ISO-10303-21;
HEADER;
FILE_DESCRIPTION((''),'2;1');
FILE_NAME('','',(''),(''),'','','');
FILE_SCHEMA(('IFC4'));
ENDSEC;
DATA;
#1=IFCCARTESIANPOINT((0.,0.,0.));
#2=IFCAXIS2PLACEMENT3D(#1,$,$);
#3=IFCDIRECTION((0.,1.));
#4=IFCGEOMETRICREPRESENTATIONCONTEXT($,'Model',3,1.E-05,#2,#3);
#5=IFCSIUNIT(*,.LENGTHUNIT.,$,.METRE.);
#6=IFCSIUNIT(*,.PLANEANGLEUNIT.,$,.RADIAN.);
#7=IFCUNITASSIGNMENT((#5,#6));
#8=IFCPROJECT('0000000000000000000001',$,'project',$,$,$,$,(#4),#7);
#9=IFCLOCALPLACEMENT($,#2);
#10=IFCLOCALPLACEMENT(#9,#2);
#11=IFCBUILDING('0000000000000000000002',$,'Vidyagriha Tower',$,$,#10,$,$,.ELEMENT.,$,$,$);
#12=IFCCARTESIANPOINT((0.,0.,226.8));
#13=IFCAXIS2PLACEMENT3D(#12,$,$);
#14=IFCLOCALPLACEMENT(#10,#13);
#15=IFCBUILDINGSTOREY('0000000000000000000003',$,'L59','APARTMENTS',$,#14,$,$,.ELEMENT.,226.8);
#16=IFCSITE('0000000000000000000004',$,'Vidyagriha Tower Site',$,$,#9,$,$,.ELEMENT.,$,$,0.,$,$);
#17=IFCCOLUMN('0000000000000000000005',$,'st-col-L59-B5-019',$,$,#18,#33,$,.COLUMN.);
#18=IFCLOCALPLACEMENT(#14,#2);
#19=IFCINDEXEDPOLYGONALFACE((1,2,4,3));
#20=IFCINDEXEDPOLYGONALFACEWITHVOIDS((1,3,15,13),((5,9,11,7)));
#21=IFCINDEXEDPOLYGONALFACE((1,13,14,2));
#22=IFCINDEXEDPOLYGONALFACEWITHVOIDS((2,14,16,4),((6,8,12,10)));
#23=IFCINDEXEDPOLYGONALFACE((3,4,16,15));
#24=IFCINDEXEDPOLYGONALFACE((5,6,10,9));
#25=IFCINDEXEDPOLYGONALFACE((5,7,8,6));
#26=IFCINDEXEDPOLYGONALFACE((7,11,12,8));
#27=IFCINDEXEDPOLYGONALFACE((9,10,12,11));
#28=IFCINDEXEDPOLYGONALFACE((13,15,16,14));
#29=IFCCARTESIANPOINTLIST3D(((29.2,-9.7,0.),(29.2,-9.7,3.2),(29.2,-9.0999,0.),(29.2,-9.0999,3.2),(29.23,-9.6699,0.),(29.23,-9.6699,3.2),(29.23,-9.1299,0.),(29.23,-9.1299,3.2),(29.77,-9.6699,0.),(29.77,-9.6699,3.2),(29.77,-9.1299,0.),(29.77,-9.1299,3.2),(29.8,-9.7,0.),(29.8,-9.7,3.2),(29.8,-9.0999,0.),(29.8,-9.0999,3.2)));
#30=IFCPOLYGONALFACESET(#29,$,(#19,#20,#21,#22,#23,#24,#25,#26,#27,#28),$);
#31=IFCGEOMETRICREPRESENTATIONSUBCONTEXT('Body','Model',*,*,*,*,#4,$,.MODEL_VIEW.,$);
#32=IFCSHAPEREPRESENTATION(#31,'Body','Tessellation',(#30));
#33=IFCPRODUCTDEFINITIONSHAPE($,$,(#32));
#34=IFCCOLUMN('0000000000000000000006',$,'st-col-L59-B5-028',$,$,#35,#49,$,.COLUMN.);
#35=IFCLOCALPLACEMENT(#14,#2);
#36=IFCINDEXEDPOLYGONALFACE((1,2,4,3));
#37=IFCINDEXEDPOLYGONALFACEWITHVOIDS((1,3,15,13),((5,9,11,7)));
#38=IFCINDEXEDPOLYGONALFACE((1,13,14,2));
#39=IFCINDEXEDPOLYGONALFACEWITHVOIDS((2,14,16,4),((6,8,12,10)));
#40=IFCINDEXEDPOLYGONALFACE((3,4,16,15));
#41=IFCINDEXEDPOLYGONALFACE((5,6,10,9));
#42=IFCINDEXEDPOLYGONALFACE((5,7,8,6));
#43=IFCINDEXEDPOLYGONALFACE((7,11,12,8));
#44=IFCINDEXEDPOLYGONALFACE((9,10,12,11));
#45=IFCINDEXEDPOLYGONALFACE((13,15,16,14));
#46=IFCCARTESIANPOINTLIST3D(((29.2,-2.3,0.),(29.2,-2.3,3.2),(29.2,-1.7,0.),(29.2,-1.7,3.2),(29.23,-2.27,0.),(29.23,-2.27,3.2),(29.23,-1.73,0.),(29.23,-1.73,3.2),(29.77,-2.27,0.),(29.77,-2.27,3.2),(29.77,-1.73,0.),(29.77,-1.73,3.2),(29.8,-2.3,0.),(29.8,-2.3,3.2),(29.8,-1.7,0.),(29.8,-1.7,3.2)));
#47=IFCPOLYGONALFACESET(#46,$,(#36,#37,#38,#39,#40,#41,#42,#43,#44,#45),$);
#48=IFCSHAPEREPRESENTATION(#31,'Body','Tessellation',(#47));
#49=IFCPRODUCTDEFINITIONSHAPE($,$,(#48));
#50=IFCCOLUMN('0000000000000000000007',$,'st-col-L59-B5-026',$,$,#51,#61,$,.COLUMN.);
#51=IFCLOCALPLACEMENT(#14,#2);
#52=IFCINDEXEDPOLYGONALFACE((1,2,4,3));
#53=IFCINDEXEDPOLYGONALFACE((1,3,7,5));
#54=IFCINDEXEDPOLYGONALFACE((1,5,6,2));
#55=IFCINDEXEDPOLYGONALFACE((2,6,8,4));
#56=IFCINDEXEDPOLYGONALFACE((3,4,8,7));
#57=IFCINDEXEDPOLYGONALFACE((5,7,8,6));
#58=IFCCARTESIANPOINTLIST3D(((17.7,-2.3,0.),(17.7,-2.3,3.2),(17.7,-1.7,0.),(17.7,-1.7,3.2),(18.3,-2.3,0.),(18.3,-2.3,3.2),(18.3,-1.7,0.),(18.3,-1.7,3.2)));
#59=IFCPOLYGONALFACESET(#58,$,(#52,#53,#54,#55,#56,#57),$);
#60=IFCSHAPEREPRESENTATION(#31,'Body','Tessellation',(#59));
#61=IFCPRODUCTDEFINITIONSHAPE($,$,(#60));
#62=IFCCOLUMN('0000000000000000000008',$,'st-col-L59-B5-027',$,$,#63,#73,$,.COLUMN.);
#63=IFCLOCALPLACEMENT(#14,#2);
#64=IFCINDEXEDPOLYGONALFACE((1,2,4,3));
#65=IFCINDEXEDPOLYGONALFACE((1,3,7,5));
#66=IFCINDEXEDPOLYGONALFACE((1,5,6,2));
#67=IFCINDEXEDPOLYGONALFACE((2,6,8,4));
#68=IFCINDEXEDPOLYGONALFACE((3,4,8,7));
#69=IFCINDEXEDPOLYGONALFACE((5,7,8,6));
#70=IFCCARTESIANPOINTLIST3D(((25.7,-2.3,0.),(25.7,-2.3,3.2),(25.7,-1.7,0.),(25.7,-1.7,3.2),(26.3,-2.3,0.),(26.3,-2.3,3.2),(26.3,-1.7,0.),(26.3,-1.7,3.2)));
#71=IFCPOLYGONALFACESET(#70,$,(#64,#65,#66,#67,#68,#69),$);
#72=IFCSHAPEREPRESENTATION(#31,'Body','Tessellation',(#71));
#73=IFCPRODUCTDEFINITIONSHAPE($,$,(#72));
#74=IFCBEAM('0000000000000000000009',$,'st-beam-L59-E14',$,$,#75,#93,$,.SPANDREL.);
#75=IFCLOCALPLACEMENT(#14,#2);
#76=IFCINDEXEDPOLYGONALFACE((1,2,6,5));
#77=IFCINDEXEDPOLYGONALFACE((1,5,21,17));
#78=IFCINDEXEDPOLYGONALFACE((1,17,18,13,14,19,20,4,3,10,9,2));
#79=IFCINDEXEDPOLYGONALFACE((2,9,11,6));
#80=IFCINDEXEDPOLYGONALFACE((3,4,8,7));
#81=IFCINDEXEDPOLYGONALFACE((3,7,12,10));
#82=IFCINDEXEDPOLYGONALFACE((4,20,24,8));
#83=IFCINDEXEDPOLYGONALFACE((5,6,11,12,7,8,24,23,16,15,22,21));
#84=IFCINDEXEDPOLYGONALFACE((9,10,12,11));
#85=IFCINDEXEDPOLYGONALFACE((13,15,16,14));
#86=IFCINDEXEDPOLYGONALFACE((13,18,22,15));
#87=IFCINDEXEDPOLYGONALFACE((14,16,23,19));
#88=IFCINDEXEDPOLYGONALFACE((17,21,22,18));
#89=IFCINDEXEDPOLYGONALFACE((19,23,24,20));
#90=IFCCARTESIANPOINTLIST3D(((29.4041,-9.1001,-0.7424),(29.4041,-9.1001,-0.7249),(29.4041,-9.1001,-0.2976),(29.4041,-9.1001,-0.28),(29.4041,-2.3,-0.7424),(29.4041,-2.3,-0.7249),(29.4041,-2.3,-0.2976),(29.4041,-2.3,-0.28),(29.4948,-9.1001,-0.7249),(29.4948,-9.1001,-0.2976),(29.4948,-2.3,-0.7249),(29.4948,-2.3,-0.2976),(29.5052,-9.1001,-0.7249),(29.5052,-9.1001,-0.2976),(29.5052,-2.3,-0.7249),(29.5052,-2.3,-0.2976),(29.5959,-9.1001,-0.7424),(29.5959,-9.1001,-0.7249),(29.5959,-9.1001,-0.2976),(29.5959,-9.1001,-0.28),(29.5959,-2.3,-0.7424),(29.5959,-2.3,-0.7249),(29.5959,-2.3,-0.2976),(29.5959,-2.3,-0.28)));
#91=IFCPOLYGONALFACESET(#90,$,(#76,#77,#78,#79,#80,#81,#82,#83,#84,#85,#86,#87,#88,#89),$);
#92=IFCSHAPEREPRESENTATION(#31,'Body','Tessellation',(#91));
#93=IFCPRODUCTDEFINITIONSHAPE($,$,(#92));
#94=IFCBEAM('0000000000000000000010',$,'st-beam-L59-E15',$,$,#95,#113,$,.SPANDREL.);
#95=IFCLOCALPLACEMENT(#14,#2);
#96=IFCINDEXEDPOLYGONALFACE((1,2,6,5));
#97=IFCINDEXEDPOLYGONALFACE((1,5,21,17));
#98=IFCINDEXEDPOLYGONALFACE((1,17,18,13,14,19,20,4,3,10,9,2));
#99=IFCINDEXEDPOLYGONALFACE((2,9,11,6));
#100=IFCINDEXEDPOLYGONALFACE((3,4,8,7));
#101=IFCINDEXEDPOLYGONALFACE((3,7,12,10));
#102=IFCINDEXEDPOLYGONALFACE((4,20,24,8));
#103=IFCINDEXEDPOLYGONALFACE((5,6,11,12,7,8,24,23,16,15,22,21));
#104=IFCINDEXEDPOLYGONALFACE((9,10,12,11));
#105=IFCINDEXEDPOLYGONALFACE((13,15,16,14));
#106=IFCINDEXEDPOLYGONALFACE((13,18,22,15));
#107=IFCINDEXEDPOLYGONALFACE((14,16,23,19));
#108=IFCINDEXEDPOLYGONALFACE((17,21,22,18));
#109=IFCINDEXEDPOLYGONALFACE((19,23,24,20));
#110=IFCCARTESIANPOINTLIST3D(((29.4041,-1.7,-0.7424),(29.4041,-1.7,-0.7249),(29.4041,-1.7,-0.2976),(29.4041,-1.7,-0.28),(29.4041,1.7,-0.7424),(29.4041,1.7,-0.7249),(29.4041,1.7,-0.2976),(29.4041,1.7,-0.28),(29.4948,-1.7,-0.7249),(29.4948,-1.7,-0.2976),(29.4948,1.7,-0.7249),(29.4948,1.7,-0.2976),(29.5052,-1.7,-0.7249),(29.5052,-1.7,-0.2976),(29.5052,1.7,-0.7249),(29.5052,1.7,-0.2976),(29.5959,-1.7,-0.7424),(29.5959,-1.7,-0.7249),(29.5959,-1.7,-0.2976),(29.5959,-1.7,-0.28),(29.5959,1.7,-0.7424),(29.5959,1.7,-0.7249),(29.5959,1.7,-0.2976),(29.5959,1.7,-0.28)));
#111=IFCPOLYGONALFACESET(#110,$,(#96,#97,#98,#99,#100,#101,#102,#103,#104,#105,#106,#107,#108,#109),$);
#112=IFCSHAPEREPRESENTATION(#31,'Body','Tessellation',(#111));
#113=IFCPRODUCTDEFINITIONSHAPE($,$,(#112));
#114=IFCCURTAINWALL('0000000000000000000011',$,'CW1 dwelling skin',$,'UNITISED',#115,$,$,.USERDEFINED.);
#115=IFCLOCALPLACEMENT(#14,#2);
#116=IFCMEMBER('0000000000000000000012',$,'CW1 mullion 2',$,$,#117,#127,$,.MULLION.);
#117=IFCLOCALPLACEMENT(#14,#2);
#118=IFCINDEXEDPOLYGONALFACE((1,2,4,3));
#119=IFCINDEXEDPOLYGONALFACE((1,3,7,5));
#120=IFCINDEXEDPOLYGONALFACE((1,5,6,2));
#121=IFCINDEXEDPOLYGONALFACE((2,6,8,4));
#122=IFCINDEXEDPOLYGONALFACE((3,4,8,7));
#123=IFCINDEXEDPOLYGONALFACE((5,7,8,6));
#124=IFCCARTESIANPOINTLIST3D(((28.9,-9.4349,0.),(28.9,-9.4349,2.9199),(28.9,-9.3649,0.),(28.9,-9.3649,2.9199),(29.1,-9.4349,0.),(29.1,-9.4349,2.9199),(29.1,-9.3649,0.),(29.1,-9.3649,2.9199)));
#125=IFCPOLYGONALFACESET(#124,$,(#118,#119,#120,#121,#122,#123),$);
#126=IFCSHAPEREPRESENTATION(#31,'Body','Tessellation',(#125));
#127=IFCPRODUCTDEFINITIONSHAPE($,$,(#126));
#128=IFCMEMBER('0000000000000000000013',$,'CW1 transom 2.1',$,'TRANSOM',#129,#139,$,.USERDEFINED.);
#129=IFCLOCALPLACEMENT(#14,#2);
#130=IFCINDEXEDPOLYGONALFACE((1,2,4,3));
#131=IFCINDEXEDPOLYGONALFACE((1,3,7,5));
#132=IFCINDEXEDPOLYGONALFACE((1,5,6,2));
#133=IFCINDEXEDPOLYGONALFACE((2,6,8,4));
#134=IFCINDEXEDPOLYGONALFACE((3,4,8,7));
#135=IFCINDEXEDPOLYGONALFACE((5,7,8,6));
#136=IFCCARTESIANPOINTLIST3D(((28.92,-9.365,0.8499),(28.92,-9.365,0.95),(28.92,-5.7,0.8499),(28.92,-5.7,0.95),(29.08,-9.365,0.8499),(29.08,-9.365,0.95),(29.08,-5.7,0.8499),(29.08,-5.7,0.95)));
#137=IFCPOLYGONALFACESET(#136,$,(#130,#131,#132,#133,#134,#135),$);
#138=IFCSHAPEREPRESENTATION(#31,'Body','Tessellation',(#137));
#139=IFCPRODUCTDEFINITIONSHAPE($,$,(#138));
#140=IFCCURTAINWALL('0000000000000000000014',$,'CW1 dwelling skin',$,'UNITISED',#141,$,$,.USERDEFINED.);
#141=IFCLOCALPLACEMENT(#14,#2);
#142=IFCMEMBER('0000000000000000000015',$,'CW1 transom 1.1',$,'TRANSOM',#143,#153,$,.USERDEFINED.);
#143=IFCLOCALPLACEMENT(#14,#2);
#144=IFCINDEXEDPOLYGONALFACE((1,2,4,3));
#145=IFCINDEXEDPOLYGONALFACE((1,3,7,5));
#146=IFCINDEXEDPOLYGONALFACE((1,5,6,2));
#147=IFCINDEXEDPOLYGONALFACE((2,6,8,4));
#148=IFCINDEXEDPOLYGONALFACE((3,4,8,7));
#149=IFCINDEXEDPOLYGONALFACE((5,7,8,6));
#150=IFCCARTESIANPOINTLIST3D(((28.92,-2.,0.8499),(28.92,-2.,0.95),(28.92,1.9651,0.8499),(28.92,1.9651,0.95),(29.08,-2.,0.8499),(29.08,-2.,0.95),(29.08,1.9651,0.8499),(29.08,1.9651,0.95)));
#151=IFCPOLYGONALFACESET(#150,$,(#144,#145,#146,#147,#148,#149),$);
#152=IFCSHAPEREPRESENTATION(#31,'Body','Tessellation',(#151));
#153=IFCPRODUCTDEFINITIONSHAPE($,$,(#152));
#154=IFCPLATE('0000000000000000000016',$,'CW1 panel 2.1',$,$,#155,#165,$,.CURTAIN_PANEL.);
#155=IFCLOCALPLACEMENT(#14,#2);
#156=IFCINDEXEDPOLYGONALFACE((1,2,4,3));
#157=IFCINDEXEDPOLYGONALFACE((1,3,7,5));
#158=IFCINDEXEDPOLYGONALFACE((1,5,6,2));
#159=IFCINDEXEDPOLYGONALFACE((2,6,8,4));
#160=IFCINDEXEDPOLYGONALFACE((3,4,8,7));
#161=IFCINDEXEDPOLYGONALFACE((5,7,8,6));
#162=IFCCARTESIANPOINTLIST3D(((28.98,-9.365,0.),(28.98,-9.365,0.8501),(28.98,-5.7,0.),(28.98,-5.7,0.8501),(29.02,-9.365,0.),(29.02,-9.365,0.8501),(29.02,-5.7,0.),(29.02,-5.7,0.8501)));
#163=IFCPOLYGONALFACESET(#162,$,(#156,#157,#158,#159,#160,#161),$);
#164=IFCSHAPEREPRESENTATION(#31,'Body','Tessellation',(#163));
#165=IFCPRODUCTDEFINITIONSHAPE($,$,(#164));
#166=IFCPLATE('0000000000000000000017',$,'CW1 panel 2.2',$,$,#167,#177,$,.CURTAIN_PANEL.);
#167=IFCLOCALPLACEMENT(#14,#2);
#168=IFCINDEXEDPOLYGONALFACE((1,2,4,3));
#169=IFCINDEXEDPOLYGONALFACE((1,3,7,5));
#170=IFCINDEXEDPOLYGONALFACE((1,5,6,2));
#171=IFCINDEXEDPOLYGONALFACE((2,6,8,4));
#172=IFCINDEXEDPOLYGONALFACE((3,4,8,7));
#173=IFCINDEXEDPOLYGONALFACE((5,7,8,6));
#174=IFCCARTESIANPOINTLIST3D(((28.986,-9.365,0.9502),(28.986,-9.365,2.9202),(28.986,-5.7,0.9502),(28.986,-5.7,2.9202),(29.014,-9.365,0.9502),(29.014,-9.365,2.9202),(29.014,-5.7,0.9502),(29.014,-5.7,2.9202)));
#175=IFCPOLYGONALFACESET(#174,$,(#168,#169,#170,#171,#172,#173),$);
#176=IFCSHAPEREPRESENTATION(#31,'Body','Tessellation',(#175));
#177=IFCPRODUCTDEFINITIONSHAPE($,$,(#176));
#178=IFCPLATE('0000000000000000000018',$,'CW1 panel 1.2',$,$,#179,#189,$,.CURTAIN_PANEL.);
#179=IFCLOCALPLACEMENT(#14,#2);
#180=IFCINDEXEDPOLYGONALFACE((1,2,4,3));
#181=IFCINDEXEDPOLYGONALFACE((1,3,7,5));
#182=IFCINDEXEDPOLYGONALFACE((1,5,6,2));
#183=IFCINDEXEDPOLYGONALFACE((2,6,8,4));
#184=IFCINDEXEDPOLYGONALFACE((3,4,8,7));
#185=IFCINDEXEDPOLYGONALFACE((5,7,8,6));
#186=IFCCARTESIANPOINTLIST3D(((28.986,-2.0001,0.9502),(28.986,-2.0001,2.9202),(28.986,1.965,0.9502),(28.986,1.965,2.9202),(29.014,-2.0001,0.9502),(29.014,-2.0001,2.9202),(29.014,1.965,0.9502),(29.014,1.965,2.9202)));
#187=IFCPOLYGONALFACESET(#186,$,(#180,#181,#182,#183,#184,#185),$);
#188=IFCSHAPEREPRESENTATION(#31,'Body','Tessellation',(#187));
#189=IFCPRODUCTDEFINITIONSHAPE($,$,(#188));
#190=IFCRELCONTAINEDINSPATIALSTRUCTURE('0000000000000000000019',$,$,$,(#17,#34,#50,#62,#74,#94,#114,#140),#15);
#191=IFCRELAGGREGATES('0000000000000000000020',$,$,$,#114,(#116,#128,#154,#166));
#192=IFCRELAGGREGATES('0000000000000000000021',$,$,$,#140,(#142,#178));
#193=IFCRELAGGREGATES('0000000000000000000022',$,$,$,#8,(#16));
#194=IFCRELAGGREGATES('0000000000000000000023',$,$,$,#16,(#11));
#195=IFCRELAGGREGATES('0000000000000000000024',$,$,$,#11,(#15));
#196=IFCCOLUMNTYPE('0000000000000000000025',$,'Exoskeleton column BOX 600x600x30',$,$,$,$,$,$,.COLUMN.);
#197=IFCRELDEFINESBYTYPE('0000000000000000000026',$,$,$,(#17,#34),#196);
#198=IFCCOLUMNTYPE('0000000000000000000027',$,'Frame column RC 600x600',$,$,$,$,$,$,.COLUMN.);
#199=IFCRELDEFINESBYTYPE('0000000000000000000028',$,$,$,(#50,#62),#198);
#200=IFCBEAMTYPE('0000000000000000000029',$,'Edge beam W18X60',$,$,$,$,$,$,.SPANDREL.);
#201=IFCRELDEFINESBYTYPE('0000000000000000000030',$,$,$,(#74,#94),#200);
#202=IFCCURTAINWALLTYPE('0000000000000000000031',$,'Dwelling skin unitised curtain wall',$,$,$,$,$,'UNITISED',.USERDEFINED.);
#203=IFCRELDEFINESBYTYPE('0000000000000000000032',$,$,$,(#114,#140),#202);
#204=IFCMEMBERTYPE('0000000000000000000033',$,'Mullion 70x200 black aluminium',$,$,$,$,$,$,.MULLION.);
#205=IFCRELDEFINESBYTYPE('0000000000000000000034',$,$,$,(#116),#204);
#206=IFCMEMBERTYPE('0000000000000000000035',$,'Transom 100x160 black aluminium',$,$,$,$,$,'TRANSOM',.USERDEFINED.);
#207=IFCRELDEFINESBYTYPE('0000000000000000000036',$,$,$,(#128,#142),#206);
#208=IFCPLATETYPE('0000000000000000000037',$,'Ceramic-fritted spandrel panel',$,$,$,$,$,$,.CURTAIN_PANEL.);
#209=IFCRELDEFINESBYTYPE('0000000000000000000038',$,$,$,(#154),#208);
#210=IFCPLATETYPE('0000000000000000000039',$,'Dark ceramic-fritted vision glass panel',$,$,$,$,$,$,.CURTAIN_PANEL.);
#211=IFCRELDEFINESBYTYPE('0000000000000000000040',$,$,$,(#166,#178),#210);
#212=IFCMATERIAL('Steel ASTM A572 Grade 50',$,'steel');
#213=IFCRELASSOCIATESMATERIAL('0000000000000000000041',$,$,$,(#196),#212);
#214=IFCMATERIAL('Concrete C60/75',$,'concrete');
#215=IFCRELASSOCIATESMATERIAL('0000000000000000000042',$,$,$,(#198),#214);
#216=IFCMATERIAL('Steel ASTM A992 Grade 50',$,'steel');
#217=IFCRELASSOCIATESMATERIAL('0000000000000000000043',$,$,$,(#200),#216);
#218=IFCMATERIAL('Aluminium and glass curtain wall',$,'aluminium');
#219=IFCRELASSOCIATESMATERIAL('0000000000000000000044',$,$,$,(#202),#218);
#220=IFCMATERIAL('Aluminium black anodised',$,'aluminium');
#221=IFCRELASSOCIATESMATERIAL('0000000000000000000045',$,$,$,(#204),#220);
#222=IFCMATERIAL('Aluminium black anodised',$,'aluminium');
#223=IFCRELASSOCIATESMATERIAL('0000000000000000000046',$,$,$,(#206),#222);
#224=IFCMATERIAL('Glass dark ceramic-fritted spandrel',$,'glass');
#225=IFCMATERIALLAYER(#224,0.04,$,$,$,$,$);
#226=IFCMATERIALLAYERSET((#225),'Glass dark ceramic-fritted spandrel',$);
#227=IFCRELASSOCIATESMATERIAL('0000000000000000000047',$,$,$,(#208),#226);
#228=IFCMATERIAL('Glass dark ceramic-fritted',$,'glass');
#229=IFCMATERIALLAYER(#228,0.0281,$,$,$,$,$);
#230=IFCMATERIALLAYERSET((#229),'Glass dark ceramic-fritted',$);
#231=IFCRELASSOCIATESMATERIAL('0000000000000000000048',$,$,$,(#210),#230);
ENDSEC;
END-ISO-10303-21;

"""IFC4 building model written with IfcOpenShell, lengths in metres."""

from ifc_helpers import new_model, si_unit, direction, frame, origin, origin_2d, place, context, subcontext, project, spatial, rectangle, hollow_rectangle, i_section, extrude, material, layer, layer_set, material_profile, profile_set, type_object, element, aggregate, save


model = new_model("IFC4")

# Units and contexts
model_context = context("Model", 3, precision=1e-05, world=origin(), true_north=direction((0.0, 1.0)))
body_context = subcontext(model_context, "Body", "Model", "MODEL_VIEW")
ifc_project = project(units=[si_unit("LENGTHUNIT", "METRE"), si_unit("PLANEANGLEUNIT", "RADIAN")], contexts=[model_context])

# Site, building, storey
site_placement = place(None, origin())
site = spatial("IfcSite", under=ifc_project, at=site_placement, Name="Vidyagriha Tower Site", CompositionType="ELEMENT", RefElevation=0.0)
building_placement = place(site_placement, origin())
building = spatial("IfcBuilding", under=site, at=building_placement, Name="Vidyagriha Tower", CompositionType="ELEMENT")
storey_placement = place(building_placement, frame((0.0, 0.0, 226.8)))
storey = spatial("IfcBuildingStorey", under=building, at=storey_placement, Name="L59", Description="APARTMENTS", CompositionType="ELEMENT", Elevation=226.8)

# Columns
ifc_material_1 = material(Name="Steel ASTM A572 Grade 50", Category="steel")
ifc_material_profile_1 = material_profile(ifc_material_1, hollow_rectangle(XDim=0.6001, YDim=0.6001, WallThickness=0.03, at=origin_2d()), Name="BOX 600x600x30")
ifc_profile_set_1 = profile_set([ifc_material_profile_1], Name="Steel ASTM A572 Grade 50")
column_type_1 = type_object("IfcColumnType", Name="Exoskeleton column BOX 600x600x30", PredefinedType="COLUMN", material=ifc_profile_set_1)
for number, where, name in (
    (1, (29.5, -9.3999, 0.0), "st-col-L59-B5-019"),
    (2, (29.5, -2.0, 0.0), "st-col-L59-B5-028"),
):
    element("IfcColumn", number, at=place(storey_placement, frame(where)), inside=storey, type_object=column_type_1, Name=name, PredefinedType="COLUMN", context=body_context, shape_type="SweptSolid", body=[
        extrude(hollow_rectangle(XDim=0.6001, YDim=0.6001, WallThickness=0.03, at=origin_2d()), origin(), (0.0, 0.0, 1.0), 3.2),
    ])
ifc_material_2 = material(Name="Concrete C60/75", Category="concrete")
ifc_material_profile_2 = material_profile(ifc_material_2, rectangle(XDim=0.6001, YDim=0.6001, at=origin_2d()), Name="RC 600x600")
ifc_profile_set_2 = profile_set([ifc_material_profile_2], Name="Concrete C60/75")
column_type_2 = type_object("IfcColumnType", Name="Frame column RC 600x600", PredefinedType="COLUMN", material=ifc_profile_set_2)
for number, where, name in (
    (3, (18.0, -2.0, 0.0), "st-col-L59-B5-026"),
    (4, (26.0, -2.0, 0.0), "st-col-L59-B5-027"),
):
    element("IfcColumn", number, at=place(storey_placement, frame(where)), inside=storey, type_object=column_type_2, Name=name, PredefinedType="COLUMN", context=body_context, shape_type="SweptSolid", body=[
        extrude(rectangle(XDim=0.6001, YDim=0.6001, at=origin_2d()), origin(), (0.0, 0.0, 1.0), 3.2),
    ])

# Beams
ifc_material_3 = material(Name="Steel ASTM A992 Grade 50", Category="steel")
ifc_material_profile_3 = material_profile(ifc_material_3, i_section(OverallWidth=0.1919, OverallDepth=0.4624, WebThickness=0.0105, FlangeThickness=0.0176, at=origin_2d()), Name="W18X60")
ifc_profile_set_3 = profile_set([ifc_material_profile_3], Name="Steel ASTM A992 Grade 50")
beam_type = type_object("IfcBeamType", Name="Edge beam W18X60", PredefinedType="SPANDREL", material=ifc_profile_set_3)
beam_1_placement = place(storey_placement, frame((29.5, -9.1001, -0.5112), z_axis=(0.0, 1.0, 0.0), x_axis=(-1.0, 0.0, 0.0)))
element("IfcBeam", 5, at=beam_1_placement, inside=storey, type_object=beam_type, Name="st-beam-L59-E14", PredefinedType="SPANDREL", context=body_context, shape_type="SweptSolid", body=[
    extrude(i_section(OverallWidth=0.1919, OverallDepth=0.4624, WebThickness=0.0105, FlangeThickness=0.0176, at=origin_2d()), origin(), (0.0, 0.0, 1.0), 6.8),
])
beam_2_placement = place(storey_placement, frame((29.5, -1.7, -0.5112), z_axis=(0.0, 1.0, 0.0), x_axis=(-1.0, 0.0, 0.0)))
element("IfcBeam", 6, at=beam_2_placement, inside=storey, type_object=beam_type, Name="st-beam-L59-E15", PredefinedType="SPANDREL", context=body_context, shape_type="SweptSolid", body=[
    extrude(i_section(OverallWidth=0.1919, OverallDepth=0.4624, WebThickness=0.0105, FlangeThickness=0.0176, at=origin_2d()), origin(), (0.0, 0.0, 1.0), 3.3999),
])

# Curtain wall, members
ifc_material_4 = material(Name="Aluminium and glass curtain wall", Category="aluminium")
curtain_wall_type = type_object("IfcCurtainWallType", Name="Dwelling skin unitised curtain wall", ElementType="UNITISED", PredefinedType="USERDEFINED", material=ifc_material_4)
curtain_wall_1_placement = place(storey_placement, origin())
curtain_wall_1 = element("IfcCurtainWall", 7, at=curtain_wall_1_placement, inside=storey, type_object=curtain_wall_type, Name="CW1 dwelling skin", ObjectType="UNITISED", PredefinedType="USERDEFINED")
ifc_material_5 = material(Name="Aluminium black anodised", Category="aluminium")
ifc_material_profile_4 = material_profile(ifc_material_5, rectangle(XDim=0.2, YDim=0.0701, at=origin_2d()), Name="Mullion 70x200 black aluminium")
ifc_profile_set_4 = profile_set([ifc_material_profile_4], Name="Aluminium black anodised")
member_type_1 = type_object("IfcMemberType", Name="Mullion 70x200 black aluminium", PredefinedType="MULLION", material=ifc_profile_set_4)
member_1_placement = place(storey_placement, frame((29.0, -9.3999, 0.0), z_axis=(0.0, 0.0, 1.0), x_axis=(-1.0, 0.0, 0.0)))
member_1 = element("IfcMember", 8, at=member_1_placement, type_object=member_type_1, Name="CW1 mullion 2", PredefinedType="MULLION", context=body_context, shape_type="SweptSolid", body=[
    extrude(rectangle(XDim=0.2, YDim=0.0701, at=origin_2d()), origin(), (0.0, 0.0, 1.0), 2.9199),
])
ifc_material_6 = material(Name="Aluminium black anodised", Category="aluminium")
ifc_material_profile_5 = material_profile(ifc_material_6, rectangle(XDim=0.1599, YDim=0.1001, at=origin_2d()), Name="Transom 100x160 black aluminium")
ifc_profile_set_5 = profile_set([ifc_material_profile_5], Name="Aluminium black anodised")
member_type_2 = type_object("IfcMemberType", Name="Transom 100x160 black aluminium", ElementType="TRANSOM", PredefinedType="USERDEFINED", material=ifc_profile_set_5)
member_2_placement = place(storey_placement, frame((29.0, -9.365, 0.8999), z_axis=(0.0, 1.0, 0.0), x_axis=(-1.0, 0.0, 0.0)))
member_2 = element("IfcMember", 9, at=member_2_placement, type_object=member_type_2, Name="CW1 transom 2.1", ObjectType="TRANSOM", PredefinedType="USERDEFINED", context=body_context, shape_type="SweptSolid", body=[
    extrude(rectangle(XDim=0.1599, YDim=0.1001, at=origin_2d()), origin(), (0.0, 0.0, 1.0), 3.665),
])

# Curtain wall, member
curtain_wall_2_placement = place(storey_placement, origin())
curtain_wall_2 = element("IfcCurtainWall", 10, at=curtain_wall_2_placement, inside=storey, type_object=curtain_wall_type, Name="CW1 dwelling skin", ObjectType="UNITISED", PredefinedType="USERDEFINED")
member_3_placement = place(storey_placement, frame((29.0, -2.0, 0.8999), z_axis=(0.0, 1.0, 0.0), x_axis=(-1.0, 0.0, 0.0)))
member_3 = element("IfcMember", 11, at=member_3_placement, type_object=member_type_2, Name="CW1 transom 1.1", ObjectType="TRANSOM", PredefinedType="USERDEFINED", context=body_context, shape_type="SweptSolid", body=[
    extrude(rectangle(XDim=0.1599, YDim=0.1001, at=origin_2d()), origin(), (0.0, 0.0, 1.0), 3.9651),
])

# Plates
ifc_material_7 = material(Name="Glass dark ceramic-fritted spandrel", Category="glass")
ifc_layer_1 = layer(ifc_material_7, 0.04)
ifc_layer_set_1 = layer_set([ifc_layer_1], Name="Glass dark ceramic-fritted spandrel")
plate_type_1 = type_object("IfcPlateType", Name="Ceramic-fritted spandrel panel", PredefinedType="CURTAIN_PANEL", material=ifc_layer_set_1)
plate_1_placement = place(storey_placement, frame((29.0, -7.5325, 0.0), z_axis=(0.0, 0.0, 1.0), x_axis=(0.0, 1.0, 0.0)))
plate_1 = element("IfcPlate", 12, at=plate_1_placement, type_object=plate_type_1, Name="CW1 panel 2.1", PredefinedType="CURTAIN_PANEL", context=body_context, shape_type="SweptSolid", body=[
    extrude(rectangle(XDim=3.665, YDim=0.04, at=origin_2d()), origin(), (0.0, 0.0, 1.0), 0.8501),
])
ifc_material_8 = material(Name="Glass dark ceramic-fritted", Category="glass")
ifc_layer_2 = layer(ifc_material_8, 0.0281)
ifc_layer_set_2 = layer_set([ifc_layer_2], Name="Glass dark ceramic-fritted")
plate_type_2 = type_object("IfcPlateType", Name="Dark ceramic-fritted vision glass panel", PredefinedType="CURTAIN_PANEL", material=ifc_layer_set_2)
plate_2_placement = place(storey_placement, frame((29.0, -7.5325, 0.9502), z_axis=(0.0, 0.0, 1.0), x_axis=(0.0, 1.0, 0.0)))
plate_2 = element("IfcPlate", 13, at=plate_2_placement, type_object=plate_type_2, Name="CW1 panel 2.2", PredefinedType="CURTAIN_PANEL", context=body_context, shape_type="SweptSolid", body=[
    extrude(rectangle(XDim=3.665, YDim=0.0281, at=origin_2d()), origin(), (0.0, 0.0, 1.0), 1.97),
])
aggregate(curtain_wall_1, [member_1, member_2, plate_1, plate_2])
plate_3_placement = place(storey_placement, frame((29.0, -0.0176, 0.9502), z_axis=(0.0, 0.0, 1.0), x_axis=(0.0, 1.0, 0.0)))
plate_3 = element("IfcPlate", 14, at=plate_3_placement, type_object=plate_type_2, Name="CW1 panel 1.2", PredefinedType="CURTAIN_PANEL", context=body_context, shape_type="SweptSolid", body=[
    extrude(rectangle(XDim=3.9651, YDim=0.0281, at=origin_2d()), origin(), (0.0, 0.0, 1.0), 1.97),
])
aggregate(curtain_wall_2, [member_3, plate_3])

save(model, "model.ifc")
